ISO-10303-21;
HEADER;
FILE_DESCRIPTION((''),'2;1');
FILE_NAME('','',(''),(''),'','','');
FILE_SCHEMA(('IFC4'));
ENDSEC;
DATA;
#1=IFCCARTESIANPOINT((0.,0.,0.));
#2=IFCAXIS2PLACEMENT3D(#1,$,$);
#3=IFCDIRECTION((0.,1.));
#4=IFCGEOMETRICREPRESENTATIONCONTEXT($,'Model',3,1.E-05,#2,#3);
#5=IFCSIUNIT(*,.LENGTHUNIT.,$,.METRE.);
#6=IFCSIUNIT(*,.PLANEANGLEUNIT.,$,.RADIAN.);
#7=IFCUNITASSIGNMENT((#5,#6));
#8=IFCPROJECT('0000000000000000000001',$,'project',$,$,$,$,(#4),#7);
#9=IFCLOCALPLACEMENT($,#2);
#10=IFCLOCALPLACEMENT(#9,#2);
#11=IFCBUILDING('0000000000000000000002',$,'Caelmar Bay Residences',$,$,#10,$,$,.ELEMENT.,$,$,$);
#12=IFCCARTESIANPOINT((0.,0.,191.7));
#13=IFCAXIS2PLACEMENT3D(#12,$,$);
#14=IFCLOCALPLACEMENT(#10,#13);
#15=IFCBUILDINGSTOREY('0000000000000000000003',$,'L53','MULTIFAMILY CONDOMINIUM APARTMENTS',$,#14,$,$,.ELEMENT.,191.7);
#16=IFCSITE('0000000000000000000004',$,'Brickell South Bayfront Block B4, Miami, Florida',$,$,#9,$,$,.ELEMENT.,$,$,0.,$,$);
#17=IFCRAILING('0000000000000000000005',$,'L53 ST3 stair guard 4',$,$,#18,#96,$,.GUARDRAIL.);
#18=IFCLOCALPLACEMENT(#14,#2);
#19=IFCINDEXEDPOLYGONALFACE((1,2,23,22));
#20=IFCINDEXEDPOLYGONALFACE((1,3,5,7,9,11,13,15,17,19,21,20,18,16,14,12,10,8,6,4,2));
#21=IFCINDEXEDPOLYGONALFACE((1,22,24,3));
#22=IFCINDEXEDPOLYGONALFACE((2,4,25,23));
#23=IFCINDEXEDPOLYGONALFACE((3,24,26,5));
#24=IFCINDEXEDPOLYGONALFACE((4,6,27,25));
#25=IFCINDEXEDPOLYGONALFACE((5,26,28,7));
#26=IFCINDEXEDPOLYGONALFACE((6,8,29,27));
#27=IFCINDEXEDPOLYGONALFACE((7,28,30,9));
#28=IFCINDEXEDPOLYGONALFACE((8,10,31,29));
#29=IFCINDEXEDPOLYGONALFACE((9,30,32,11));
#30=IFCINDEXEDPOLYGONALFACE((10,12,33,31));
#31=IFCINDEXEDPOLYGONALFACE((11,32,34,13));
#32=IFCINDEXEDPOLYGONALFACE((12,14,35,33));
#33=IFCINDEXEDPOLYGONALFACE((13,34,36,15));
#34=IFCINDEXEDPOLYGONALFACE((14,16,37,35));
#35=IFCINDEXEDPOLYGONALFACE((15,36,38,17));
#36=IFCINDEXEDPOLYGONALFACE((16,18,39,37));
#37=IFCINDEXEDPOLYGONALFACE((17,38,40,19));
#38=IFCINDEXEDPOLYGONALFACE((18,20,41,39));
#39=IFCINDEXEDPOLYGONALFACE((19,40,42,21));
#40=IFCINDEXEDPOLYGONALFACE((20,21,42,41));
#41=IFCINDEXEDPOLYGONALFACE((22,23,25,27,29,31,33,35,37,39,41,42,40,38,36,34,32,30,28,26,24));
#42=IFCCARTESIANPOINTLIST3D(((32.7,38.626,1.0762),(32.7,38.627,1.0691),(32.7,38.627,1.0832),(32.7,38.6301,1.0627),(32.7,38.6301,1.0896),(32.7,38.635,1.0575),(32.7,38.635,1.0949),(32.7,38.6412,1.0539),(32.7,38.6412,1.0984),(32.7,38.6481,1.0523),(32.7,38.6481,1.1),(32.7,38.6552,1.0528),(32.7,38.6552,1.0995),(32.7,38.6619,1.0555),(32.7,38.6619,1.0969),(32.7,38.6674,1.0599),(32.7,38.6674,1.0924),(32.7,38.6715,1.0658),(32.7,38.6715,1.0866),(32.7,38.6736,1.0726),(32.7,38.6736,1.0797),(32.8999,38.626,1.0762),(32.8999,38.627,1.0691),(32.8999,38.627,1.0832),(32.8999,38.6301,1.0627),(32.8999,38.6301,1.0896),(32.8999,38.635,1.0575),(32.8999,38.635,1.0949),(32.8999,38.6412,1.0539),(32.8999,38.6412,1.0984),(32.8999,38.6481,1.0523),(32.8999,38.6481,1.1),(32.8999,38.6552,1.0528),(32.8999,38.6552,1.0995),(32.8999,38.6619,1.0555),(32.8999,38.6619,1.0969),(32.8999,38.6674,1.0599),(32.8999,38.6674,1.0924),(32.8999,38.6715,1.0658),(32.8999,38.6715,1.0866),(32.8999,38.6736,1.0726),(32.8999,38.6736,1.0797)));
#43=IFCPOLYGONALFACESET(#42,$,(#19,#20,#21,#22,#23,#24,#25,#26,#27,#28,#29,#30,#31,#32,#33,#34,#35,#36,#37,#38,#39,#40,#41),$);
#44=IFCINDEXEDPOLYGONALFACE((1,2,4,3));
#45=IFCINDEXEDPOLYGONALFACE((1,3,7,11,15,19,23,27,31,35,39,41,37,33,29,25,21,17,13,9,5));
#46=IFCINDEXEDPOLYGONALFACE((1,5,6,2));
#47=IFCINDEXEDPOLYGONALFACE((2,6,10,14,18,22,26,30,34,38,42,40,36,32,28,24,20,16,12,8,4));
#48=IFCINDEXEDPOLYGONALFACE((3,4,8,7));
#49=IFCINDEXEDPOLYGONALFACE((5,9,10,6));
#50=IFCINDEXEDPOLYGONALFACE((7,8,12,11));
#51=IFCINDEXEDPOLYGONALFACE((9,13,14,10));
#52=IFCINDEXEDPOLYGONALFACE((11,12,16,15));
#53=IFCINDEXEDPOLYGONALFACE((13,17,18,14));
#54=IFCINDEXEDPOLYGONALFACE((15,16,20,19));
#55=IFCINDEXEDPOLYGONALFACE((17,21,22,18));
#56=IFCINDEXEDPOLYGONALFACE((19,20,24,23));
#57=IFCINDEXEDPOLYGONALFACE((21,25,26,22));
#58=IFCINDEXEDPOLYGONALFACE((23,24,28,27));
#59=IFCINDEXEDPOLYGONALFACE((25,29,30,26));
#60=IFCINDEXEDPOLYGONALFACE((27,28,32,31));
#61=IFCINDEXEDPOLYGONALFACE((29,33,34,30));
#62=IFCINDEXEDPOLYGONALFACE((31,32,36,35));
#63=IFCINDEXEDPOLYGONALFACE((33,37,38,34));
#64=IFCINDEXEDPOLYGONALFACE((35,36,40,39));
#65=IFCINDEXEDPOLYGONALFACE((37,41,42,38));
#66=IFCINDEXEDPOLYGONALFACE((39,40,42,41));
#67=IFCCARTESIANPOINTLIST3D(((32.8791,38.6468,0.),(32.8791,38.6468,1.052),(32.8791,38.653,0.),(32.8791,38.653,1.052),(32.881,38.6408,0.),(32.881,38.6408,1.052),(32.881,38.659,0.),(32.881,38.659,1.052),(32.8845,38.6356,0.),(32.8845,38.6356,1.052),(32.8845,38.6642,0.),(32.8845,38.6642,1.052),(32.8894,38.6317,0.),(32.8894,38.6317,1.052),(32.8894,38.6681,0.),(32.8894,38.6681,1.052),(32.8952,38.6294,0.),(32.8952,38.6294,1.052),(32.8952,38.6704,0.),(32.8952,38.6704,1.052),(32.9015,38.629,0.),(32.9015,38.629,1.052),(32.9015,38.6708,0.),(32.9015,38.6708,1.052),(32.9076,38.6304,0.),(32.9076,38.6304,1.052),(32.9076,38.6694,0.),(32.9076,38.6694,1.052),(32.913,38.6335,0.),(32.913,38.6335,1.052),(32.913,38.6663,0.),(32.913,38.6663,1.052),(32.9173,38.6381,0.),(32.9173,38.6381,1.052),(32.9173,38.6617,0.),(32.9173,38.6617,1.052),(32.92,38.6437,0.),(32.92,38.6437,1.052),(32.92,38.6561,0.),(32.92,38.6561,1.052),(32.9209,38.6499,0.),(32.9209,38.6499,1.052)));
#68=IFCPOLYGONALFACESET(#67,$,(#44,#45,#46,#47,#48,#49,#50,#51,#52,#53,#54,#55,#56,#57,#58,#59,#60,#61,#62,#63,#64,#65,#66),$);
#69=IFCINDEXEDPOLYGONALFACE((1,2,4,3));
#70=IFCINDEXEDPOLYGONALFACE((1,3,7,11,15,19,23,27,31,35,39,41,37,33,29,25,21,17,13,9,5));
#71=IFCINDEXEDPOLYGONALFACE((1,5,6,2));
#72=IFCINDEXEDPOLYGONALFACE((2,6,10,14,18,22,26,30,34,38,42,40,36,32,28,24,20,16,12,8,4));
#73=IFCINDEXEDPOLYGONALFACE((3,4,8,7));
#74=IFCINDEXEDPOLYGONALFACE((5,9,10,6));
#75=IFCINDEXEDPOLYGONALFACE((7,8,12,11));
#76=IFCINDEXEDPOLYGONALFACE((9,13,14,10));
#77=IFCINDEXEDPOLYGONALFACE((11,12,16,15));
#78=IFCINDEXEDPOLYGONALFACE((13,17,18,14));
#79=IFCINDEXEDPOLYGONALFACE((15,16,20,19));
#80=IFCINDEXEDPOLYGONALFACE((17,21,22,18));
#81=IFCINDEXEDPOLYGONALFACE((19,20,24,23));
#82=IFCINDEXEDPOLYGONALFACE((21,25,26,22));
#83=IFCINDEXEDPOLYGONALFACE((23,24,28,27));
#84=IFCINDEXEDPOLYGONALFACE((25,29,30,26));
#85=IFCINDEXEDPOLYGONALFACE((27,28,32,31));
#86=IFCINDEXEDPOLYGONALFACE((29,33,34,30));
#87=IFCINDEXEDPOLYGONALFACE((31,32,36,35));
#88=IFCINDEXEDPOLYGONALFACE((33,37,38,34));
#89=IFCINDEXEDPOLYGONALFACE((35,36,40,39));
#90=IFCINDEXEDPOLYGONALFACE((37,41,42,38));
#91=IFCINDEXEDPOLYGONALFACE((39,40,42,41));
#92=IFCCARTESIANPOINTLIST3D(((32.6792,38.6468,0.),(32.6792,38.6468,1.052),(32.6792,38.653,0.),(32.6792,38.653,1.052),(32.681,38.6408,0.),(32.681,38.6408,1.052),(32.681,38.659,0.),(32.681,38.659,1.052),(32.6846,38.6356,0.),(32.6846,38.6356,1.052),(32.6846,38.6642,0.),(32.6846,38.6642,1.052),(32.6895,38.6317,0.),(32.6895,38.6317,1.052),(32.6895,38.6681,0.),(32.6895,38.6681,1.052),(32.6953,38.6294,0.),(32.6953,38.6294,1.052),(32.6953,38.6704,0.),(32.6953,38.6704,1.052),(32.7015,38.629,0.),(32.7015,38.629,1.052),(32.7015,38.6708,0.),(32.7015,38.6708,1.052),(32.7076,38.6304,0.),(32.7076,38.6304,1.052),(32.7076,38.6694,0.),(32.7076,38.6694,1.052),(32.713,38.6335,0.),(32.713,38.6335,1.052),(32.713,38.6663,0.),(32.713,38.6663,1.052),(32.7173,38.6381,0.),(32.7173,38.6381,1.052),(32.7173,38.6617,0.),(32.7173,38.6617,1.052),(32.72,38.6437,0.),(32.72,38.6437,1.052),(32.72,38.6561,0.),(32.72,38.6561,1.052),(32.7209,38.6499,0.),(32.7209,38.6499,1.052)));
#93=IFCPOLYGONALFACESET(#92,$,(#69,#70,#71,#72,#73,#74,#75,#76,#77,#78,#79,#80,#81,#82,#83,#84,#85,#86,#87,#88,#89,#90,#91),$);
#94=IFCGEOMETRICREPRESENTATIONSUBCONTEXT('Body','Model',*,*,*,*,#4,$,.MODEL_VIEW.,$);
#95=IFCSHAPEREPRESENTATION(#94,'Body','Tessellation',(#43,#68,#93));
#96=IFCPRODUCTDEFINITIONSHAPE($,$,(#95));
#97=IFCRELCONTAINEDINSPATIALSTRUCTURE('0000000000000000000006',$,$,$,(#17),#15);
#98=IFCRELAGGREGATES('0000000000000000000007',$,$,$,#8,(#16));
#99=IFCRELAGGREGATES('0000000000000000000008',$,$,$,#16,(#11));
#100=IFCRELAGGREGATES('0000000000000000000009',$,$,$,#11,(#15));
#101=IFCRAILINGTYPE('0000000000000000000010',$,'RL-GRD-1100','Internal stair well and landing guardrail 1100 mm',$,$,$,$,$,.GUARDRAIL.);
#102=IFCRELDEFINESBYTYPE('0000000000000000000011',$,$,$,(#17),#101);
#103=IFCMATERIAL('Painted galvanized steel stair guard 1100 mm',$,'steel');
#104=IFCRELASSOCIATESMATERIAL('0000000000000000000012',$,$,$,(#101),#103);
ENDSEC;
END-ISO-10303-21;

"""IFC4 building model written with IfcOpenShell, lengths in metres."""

from ifc_helpers import new_model, si_unit, direction, frame, origin, origin_2d, place, context, subcontext, project, spatial, circle, extrude, material, type_object, element, save


model = new_model("IFC4")

# Units and contexts
model_context = context("Model", 3, precision=1e-05, world=origin(), true_north=direction((0.0, 1.0)))
body_context = subcontext(model_context, "Body", "Model", "MODEL_VIEW")
ifc_project = project(units=[si_unit("LENGTHUNIT", "METRE"), si_unit("PLANEANGLEUNIT", "RADIAN")], contexts=[model_context])

# Site, building, storey
site_placement = place(None, origin())
site = spatial("IfcSite", under=ifc_project, at=site_placement, Name="Brickell South Bayfront Block B4, Miami, Florida", CompositionType="ELEMENT", RefElevation=0.0)
building_placement = place(site_placement, origin())
building = spatial("IfcBuilding", under=site, at=building_placement, Name="Caelmar Bay Residences", CompositionType="ELEMENT")
storey_placement = place(building_placement, frame((0.0, 0.0, 191.7)))
storey = spatial("IfcBuildingStorey", under=building, at=storey_placement, Name="L53", Description="MULTIFAMILY CONDOMINIUM APARTMENTS", CompositionType="ELEMENT", Elevation=191.7)

# Railing
ifc_material_1 = material(Name="Painted galvanized steel stair guard 1100 mm", Category="steel")
railing_type_1 = type_object("IfcRailingType", Name="RL-GRD-1100", Description="Internal stair well and landing guardrail 1100 mm", PredefinedType="GUARDRAIL", material=ifc_material_1)
railing_1_placement = place(storey_placement, frame((32.8999, 38.6499, 0.0)))
element("IfcRailing", 1, at=railing_1_placement, inside=storey, type_object=railing_type_1, Name="L53 ST3 stair guard 4", PredefinedType="GUARDRAIL", context=body_context, shape_type="SweptSolid", body=[
    extrude(circle(Radius=0.0239, at=origin_2d()), frame((0.0, 0.0, 1.0762), z_axis=(-1.0, 0.0, 0.0), x_axis=(0.0, -1.0, 0.0)), (0.0, 0.0, 1.0), 0.2),
    extrude(circle(Radius=0.021, at=origin_2d()), origin(), (0.0, 0.0, 1.0), 1.052),
    extrude(circle(Radius=0.021, at=origin_2d()), frame((-0.2, 0.0, 0.0)), (0.0, 0.0, 1.0), 1.052),
])

save(model, "model.ifc")
